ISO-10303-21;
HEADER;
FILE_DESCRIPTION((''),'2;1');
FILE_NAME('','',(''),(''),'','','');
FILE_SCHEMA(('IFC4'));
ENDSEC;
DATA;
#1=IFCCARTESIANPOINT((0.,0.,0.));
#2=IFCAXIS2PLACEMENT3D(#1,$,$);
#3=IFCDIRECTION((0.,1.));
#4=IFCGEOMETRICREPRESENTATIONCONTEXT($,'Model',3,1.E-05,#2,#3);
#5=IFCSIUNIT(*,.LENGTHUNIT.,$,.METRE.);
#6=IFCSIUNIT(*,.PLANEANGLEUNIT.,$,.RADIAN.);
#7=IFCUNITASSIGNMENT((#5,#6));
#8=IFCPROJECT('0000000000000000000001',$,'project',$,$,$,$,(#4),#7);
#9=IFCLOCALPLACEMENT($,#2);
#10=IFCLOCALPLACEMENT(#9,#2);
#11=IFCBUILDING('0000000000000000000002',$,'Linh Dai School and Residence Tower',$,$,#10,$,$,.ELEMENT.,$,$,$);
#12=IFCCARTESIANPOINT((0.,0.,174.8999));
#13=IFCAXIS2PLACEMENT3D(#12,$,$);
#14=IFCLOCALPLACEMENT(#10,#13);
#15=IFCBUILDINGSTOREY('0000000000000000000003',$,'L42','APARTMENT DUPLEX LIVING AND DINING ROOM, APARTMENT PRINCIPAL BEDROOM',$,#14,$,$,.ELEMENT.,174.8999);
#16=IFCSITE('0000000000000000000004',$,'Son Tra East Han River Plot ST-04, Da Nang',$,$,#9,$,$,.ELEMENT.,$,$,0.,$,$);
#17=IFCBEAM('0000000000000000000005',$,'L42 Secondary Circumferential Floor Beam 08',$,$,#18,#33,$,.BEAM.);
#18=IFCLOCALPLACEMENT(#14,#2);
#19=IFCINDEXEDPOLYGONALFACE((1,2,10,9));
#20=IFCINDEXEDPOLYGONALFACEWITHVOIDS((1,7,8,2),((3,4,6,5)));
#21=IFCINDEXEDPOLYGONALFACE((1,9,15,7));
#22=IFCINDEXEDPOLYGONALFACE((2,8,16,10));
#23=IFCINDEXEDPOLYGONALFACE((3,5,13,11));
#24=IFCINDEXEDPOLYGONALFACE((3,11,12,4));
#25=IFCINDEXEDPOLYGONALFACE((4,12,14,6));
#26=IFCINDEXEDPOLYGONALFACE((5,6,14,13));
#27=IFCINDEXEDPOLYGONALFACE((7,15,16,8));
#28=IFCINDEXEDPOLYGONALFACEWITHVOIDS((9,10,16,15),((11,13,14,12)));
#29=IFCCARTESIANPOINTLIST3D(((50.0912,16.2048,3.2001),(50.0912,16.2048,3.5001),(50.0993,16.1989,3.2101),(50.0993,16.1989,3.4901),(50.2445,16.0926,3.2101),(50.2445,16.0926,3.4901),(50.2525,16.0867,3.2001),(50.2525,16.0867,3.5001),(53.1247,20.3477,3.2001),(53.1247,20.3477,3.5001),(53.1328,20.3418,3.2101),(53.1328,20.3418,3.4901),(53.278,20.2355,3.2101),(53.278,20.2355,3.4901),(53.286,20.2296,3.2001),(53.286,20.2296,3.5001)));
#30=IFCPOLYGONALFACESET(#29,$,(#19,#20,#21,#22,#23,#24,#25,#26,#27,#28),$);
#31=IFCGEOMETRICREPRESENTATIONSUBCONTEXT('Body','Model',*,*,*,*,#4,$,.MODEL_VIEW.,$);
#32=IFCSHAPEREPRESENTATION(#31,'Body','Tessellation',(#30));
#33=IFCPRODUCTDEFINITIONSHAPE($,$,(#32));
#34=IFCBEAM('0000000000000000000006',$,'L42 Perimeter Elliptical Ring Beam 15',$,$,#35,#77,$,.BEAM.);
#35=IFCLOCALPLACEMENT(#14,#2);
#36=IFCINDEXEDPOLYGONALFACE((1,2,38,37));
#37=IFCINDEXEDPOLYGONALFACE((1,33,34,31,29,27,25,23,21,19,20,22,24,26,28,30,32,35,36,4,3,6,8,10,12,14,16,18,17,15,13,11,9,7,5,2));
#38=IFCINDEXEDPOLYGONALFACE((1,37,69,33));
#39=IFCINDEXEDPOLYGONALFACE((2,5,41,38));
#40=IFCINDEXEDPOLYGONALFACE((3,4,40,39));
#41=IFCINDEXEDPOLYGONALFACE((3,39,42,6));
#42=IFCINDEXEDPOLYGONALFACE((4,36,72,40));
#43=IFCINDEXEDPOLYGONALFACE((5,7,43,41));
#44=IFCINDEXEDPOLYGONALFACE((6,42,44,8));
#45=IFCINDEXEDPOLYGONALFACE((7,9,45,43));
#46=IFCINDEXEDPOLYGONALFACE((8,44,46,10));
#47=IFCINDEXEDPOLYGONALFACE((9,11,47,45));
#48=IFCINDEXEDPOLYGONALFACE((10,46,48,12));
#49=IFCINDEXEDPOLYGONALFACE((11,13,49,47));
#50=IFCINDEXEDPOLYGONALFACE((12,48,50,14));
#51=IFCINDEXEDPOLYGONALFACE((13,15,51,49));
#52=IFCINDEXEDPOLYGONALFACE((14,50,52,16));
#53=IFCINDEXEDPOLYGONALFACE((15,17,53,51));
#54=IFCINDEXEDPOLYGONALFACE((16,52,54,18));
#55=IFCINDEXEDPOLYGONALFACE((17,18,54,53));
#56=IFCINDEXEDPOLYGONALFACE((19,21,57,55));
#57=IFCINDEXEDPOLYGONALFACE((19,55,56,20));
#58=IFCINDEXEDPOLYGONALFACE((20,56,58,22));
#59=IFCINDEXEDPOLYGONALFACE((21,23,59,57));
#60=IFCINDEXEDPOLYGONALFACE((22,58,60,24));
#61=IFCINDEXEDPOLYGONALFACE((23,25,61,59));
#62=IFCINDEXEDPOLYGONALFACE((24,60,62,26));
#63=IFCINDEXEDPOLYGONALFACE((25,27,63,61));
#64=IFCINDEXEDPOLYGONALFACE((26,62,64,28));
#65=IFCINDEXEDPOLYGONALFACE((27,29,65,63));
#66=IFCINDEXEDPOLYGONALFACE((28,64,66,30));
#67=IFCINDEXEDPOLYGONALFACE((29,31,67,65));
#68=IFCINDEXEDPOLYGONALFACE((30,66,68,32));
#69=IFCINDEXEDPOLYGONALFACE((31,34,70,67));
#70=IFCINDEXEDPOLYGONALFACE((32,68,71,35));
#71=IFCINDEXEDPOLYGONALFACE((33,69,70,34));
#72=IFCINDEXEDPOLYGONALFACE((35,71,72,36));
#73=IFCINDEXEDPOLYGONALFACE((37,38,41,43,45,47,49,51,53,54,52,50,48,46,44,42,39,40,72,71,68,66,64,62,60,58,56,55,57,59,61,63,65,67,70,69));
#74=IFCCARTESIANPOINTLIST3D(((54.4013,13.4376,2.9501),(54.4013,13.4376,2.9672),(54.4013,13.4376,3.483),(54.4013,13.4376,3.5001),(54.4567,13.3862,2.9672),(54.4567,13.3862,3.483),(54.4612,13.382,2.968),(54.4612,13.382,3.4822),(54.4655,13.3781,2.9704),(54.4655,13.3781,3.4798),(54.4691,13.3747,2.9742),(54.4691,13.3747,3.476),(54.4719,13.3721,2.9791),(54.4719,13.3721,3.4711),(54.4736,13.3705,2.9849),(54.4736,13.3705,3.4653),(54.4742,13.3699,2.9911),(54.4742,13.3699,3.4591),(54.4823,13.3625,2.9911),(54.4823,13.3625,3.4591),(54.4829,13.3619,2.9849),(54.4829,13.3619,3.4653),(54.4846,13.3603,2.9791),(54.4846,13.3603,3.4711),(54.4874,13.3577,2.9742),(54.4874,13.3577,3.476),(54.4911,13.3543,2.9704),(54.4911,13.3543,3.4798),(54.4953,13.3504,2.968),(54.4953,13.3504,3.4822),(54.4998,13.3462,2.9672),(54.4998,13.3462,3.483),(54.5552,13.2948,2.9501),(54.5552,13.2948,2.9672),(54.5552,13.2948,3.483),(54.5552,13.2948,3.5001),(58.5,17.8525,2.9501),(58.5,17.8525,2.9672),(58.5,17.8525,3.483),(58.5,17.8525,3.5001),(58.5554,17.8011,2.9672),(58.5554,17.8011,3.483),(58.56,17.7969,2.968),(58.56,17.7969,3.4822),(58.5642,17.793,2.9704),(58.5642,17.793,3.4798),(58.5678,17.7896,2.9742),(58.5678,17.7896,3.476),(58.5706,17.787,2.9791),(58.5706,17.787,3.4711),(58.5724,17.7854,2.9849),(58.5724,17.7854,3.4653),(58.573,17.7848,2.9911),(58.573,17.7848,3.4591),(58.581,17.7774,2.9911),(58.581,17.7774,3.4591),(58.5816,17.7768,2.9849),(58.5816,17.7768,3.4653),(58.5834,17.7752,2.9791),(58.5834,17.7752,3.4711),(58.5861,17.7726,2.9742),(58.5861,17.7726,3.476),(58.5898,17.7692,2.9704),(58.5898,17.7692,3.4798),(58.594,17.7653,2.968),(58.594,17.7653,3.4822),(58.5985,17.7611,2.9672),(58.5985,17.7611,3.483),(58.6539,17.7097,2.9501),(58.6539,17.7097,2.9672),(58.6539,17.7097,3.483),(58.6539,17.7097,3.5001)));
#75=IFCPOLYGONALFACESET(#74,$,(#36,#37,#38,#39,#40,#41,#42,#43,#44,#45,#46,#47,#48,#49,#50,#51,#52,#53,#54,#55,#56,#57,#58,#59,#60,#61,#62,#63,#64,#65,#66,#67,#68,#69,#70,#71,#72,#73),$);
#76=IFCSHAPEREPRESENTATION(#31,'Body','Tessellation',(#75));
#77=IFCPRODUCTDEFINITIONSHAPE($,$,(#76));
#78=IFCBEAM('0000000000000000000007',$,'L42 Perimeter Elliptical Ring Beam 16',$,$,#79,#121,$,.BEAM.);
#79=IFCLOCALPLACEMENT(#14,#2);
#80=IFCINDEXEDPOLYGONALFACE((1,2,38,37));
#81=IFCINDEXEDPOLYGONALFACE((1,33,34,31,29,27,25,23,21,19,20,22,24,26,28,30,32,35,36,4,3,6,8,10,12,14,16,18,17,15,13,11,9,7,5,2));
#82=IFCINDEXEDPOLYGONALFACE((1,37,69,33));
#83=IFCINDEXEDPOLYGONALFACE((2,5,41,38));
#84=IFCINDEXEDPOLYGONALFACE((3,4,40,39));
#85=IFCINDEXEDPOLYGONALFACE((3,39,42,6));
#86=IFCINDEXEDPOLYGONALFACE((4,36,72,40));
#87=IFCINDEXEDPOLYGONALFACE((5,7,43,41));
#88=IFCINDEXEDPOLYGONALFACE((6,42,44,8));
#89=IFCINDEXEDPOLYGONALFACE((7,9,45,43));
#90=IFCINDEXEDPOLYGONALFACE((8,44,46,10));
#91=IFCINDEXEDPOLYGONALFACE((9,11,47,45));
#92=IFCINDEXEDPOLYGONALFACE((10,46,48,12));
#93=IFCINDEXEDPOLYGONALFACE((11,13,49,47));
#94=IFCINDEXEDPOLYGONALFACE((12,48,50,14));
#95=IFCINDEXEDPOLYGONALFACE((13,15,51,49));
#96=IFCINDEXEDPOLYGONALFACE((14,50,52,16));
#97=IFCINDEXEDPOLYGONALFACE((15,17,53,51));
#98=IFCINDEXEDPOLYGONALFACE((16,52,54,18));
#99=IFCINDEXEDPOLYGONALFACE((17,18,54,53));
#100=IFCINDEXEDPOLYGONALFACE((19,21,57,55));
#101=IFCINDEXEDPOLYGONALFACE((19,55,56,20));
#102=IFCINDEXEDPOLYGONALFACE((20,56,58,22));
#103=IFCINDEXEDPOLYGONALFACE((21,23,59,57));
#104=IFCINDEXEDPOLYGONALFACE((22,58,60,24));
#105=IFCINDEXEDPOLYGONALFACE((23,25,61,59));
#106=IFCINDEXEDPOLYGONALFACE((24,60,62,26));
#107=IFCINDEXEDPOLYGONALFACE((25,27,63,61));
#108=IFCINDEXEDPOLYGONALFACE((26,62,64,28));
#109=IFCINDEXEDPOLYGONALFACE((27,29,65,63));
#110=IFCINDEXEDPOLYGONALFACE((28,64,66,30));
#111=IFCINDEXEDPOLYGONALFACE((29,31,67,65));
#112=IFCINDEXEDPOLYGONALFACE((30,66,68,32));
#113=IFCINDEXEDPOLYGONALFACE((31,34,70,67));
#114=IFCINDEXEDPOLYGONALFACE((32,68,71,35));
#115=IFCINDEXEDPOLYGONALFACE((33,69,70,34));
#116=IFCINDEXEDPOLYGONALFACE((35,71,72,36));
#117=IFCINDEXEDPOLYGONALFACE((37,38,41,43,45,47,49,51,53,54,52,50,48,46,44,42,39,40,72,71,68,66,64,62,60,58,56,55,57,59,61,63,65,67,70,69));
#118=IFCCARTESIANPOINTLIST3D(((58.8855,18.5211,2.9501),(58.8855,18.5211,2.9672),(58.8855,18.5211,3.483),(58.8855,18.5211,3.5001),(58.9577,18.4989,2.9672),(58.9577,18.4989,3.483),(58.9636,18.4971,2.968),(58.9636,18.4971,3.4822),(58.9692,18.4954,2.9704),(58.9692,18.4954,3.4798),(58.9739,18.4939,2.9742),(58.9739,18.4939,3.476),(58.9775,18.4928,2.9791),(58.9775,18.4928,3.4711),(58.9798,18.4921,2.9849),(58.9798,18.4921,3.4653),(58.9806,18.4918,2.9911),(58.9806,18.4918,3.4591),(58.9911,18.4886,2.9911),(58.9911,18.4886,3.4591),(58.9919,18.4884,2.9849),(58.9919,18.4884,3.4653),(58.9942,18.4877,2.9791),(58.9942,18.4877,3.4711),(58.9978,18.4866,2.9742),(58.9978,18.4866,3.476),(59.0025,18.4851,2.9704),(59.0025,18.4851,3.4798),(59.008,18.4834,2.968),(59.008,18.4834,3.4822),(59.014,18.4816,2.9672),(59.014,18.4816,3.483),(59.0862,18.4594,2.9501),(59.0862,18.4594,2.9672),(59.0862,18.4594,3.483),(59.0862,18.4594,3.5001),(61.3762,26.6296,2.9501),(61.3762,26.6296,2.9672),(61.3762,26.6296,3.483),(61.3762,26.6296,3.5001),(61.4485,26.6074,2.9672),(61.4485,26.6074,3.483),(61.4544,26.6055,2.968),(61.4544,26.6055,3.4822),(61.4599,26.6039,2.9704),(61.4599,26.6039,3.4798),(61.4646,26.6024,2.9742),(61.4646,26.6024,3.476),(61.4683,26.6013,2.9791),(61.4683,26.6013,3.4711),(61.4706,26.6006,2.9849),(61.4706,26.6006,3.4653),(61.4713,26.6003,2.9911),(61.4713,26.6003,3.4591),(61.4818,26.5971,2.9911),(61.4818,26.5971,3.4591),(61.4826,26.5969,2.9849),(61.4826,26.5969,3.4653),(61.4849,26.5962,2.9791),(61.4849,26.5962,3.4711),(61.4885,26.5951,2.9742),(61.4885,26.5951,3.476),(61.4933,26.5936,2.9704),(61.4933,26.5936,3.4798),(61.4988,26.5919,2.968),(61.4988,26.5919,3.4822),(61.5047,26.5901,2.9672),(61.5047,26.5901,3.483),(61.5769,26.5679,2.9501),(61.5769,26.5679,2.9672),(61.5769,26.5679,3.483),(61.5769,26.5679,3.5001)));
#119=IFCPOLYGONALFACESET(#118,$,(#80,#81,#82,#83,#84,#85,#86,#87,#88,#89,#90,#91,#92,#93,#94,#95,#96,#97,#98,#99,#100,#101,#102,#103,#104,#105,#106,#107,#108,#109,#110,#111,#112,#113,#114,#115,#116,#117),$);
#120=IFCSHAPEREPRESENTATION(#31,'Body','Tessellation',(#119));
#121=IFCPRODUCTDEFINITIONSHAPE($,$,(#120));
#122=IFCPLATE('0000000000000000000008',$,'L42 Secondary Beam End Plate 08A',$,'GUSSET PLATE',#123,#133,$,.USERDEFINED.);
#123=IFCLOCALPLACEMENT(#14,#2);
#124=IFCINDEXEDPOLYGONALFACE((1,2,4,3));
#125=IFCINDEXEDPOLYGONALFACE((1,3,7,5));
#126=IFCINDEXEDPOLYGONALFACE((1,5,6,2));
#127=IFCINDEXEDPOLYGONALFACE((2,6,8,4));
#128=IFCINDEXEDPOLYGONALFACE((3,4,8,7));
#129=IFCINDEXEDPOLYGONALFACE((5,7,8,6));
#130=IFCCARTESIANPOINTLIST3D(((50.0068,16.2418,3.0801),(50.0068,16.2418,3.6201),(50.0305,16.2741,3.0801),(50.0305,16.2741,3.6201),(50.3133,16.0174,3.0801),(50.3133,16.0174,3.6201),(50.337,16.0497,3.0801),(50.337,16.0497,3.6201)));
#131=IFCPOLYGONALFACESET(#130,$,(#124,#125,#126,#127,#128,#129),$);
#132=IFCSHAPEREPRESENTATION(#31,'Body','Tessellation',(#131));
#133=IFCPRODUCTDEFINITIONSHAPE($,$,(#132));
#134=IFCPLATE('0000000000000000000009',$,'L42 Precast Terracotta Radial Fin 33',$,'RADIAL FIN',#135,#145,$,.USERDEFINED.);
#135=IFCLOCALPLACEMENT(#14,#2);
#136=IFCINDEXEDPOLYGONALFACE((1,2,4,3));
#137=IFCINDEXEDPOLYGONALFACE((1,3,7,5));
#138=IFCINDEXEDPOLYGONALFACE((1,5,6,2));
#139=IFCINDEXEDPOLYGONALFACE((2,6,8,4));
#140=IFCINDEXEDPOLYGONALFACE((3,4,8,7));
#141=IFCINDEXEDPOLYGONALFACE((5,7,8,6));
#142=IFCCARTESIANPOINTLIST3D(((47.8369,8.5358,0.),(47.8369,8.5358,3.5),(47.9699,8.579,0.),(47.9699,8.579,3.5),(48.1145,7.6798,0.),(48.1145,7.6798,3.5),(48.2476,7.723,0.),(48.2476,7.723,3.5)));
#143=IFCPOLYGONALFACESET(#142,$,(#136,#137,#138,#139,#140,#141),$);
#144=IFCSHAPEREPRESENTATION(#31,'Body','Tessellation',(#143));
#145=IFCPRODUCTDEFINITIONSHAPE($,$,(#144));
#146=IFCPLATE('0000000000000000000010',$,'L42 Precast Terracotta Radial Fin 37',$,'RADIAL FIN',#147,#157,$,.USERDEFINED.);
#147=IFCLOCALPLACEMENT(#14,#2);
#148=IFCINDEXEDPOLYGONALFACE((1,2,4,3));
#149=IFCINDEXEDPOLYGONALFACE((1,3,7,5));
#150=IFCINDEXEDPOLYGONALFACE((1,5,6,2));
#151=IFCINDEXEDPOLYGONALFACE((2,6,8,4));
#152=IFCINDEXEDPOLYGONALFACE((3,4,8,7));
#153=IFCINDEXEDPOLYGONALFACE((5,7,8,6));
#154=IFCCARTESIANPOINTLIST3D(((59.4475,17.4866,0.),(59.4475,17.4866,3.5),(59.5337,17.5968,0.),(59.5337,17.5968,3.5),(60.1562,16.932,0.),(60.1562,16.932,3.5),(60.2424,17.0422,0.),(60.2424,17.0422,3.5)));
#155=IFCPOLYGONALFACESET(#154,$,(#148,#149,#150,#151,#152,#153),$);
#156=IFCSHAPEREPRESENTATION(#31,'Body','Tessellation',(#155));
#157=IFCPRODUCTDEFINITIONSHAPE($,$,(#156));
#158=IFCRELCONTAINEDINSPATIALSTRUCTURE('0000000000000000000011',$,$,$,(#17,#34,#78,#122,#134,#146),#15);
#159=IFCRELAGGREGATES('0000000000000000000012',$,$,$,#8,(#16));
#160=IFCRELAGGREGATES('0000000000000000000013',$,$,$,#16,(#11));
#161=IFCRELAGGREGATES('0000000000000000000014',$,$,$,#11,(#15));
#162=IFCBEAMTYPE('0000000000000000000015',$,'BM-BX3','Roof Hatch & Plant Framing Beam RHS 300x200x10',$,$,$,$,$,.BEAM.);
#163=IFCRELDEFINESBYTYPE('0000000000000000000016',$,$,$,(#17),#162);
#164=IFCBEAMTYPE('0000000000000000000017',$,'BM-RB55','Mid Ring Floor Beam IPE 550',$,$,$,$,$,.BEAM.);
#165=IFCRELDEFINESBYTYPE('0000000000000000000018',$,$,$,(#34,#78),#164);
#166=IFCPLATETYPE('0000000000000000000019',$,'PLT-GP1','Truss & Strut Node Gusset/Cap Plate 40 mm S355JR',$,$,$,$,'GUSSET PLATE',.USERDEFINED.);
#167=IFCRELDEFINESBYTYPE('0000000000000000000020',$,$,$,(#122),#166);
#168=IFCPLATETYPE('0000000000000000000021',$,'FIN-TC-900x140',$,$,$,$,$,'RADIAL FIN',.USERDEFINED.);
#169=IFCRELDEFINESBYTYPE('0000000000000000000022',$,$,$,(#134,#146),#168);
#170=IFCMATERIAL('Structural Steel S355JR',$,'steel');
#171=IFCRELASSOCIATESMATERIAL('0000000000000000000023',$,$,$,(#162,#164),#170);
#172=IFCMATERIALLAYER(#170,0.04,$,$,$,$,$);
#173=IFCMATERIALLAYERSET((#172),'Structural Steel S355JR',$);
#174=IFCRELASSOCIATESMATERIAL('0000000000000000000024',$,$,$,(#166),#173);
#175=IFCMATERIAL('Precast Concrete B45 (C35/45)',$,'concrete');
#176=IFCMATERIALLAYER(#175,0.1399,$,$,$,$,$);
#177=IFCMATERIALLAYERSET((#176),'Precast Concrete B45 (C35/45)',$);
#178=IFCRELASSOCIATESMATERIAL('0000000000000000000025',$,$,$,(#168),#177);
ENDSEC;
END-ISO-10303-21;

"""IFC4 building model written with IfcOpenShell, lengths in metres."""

from ifc_helpers import new_model, si_unit, direction, frame, origin, origin_2d, place, context, subcontext, project, spatial, rectangle, hollow_rectangle, i_section, extrude, source, transform, mapped, material, layer, layer_set, material_profile, profile_set, type_object, element, save


model = new_model("IFC4")

# Units and contexts
model_context = context("Model", 3, precision=1e-05, world=origin(), true_north=direction((0.0, 1.0)))
body_context = subcontext(model_context, "Body", "Model", "MODEL_VIEW")
ifc_project = project(units=[si_unit("LENGTHUNIT", "METRE"), si_unit("PLANEANGLEUNIT", "RADIAN")], contexts=[model_context])

# Site, building, storey
site_placement = place(None, origin())
site = spatial("IfcSite", under=ifc_project, at=site_placement, Name="Son Tra East Han River Plot ST-04, Da Nang", CompositionType="ELEMENT", RefElevation=0.0)
building_placement = place(site_placement, origin())
building = spatial("IfcBuilding", under=site, at=building_placement, Name="Linh Dai School and Residence Tower", CompositionType="ELEMENT")
storey_placement = place(building_placement, frame((0.0, 0.0, 174.8999)))
storey = spatial("IfcBuildingStorey", under=building, at=storey_placement, Name="L42", Description="APARTMENT DUPLEX LIVING AND DINING ROOM, APARTMENT PRINCIPAL BEDROOM", CompositionType="ELEMENT", Elevation=174.8999)

# Shared definitions
ifc_material_1 = material(Name="Structural Steel S355JR", Category="steel")

# Beams
ifc_material_profile_1 = material_profile(ifc_material_1, hollow_rectangle(XDim=0.2, YDim=0.3, WallThickness=0.01, at=origin_2d()), Name="RHS 300x200x10")
ifc_profile_set_1 = profile_set([ifc_material_profile_1], Name="Structural Steel S355JR")
beam_type_1 = type_object("IfcBeamType", Name="BM-BX3", Description="Roof Hatch & Plant Framing Beam RHS 300x200x10", PredefinedType="BEAM", material=ifc_profile_set_1)
beam_1_placement = place(storey_placement, frame((50.1719, 16.1458, 3.3501), z_axis=(0.590778, 0.806834, 0.0), x_axis=(-0.806834, 0.590778, 0.0)))
element("IfcBeam", 1, at=beam_1_placement, inside=storey, type_object=beam_type_1, Name="L42 Secondary Circumferential Floor Beam 08", PredefinedType="BEAM", context=body_context, shape_type="SweptSolid", body=[
    extrude(hollow_rectangle(XDim=0.2, YDim=0.3, WallThickness=0.01, at=origin_2d()), origin(), (0.0, 0.0, 1.0), 5.1348),
])
ifc_material_profile_2 = material_profile(ifc_material_1, i_section(OverallWidth=0.21, OverallDepth=0.55, WebThickness=0.011, FlangeThickness=0.0171, FilletRadius=0.0239, at=origin_2d()), Name="IPE 550")
ifc_profile_set_2 = profile_set([ifc_material_profile_2], Name="Structural Steel S355JR")
beam_type_2 = type_object("IfcBeamType", Name="BM-RB55", Description="Mid Ring Floor Beam IPE 550", PredefinedType="BEAM", material=ifc_profile_set_2)
beam_2_placement = place(storey_placement, frame((54.4783, 13.3662, 3.2251), z_axis=(0.680378, 0.732861, 0.0), x_axis=(-0.732861, 0.680378, 0.0)))
element("IfcBeam", 2, at=beam_2_placement, inside=storey, type_object=beam_type_2, Name="L42 Perimeter Elliptical Ring Beam 15", PredefinedType="BEAM", context=body_context, shape_type="SweptSolid", body=[
    extrude(i_section(OverallWidth=0.21, OverallDepth=0.55, WebThickness=0.011, FlangeThickness=0.0171, FilletRadius=0.0239, at=origin_2d()), origin(), (0.0, 0.0, 1.0), 6.0242),
])
beam_3_placement = place(storey_placement, frame((58.9858, 18.4902, 3.2251), z_axis=(0.293637, 0.955917, 0.0), x_axis=(-0.955917, 0.293637, 0.0)))
element("IfcBeam", 3, at=beam_3_placement, inside=storey, type_object=beam_type_2, Name="L42 Perimeter Elliptical Ring Beam 16", PredefinedType="BEAM", context=body_context, shape_type="SweptSolid", body=[
    extrude(i_section(OverallWidth=0.21, OverallDepth=0.55, WebThickness=0.011, FlangeThickness=0.0171, FilletRadius=0.0239, at=origin_2d()), origin(), (0.0, 0.0, 1.0), 8.4824),
])

# Plates
ifc_layer_1 = layer(ifc_material_1, 0.04)
ifc_layer_set_1 = layer_set([ifc_layer_1], Name="Structural Steel S355JR")
plate_type_1 = type_object("IfcPlateType", Name="PLT-GP1", Description="Truss & Strut Node Gusset/Cap Plate 40 mm S355JR", ElementType="GUSSET PLATE", PredefinedType="USERDEFINED", material=ifc_layer_set_1)
shared_shape_1 = source(origin(), body_context, "Body", "SweptSolid", [
    extrude(rectangle(XDim=0.04, YDim=0.3799, at=origin_2d()), origin(), (0.0, 0.0, 1.0), 0.54),
])
plate_placement = place(storey_placement, frame((50.1719, 16.1458, 3.0801), z_axis=(0.0, 0.0, 1.0), x_axis=(0.590797, 0.80682, 0.0)))
element("IfcPlate", 4, at=plate_placement, inside=storey, type_object=plate_type_1, Name="L42 Secondary Beam End Plate 08A", ObjectType="GUSSET PLATE", PredefinedType="USERDEFINED", context=body_context, shape_type="MappedRepresentation", body=[
    mapped(shared_shape_1, transform((0.0, 0.0, 0.0), x_axis=(1.0, 0.0, 0.0), y_axis=(0.0, 1.0, 0.0), z_axis=(0.0, 0.0, 1.0), scale=1.0)),
])
ifc_material_2 = material(Name="Precast Concrete B45 (C35/45)", Category="concrete")
ifc_layer_2 = layer(ifc_material_2, 0.1399)
ifc_layer_set_2 = layer_set([ifc_layer_2], Name="Precast Concrete B45 (C35/45)")
plate_type_2 = type_object("IfcPlateType", Name="FIN-TC-900x140", ElementType="RADIAL FIN", PredefinedType="USERDEFINED", material=ifc_layer_set_2)
shared_shape_2 = source(origin(), body_context, "Body", "SweptSolid", [
    extrude(rectangle(XDim=0.8999, YDim=0.1399, at=origin_2d()), origin(), (0.0, 0.0, 1.0), 3.5),
])
for number, where, z_axis, x_axis, name in (
    (5, (48.0422, 8.1294, 0.0), (0.0, 0.0, 1.0), (0.308536, -0.951213, 0.0), "L42 Precast Terracotta Radial Fin 33"),
    (6, (59.845, 17.2644, 0.0), (0.0, 0.0, 1.0), (0.787522, -0.616286, 0.0), "L42 Precast Terracotta Radial Fin 37"),
):
    element("IfcPlate", number, at=place(storey_placement, frame(where, z_axis=z_axis, x_axis=x_axis)), inside=storey, type_object=plate_type_2, Name=name, ObjectType="RADIAL FIN", PredefinedType="USERDEFINED", context=body_context, shape_type="MappedRepresentation", body=[
        mapped(shared_shape_2, transform((0.0, 0.0, 0.0), x_axis=(1.0, 0.0, 0.0), y_axis=(0.0, 1.0, 0.0), z_axis=(0.0, 0.0, 1.0), scale=1.0)),
    ])

save(model, "model.ifc")
